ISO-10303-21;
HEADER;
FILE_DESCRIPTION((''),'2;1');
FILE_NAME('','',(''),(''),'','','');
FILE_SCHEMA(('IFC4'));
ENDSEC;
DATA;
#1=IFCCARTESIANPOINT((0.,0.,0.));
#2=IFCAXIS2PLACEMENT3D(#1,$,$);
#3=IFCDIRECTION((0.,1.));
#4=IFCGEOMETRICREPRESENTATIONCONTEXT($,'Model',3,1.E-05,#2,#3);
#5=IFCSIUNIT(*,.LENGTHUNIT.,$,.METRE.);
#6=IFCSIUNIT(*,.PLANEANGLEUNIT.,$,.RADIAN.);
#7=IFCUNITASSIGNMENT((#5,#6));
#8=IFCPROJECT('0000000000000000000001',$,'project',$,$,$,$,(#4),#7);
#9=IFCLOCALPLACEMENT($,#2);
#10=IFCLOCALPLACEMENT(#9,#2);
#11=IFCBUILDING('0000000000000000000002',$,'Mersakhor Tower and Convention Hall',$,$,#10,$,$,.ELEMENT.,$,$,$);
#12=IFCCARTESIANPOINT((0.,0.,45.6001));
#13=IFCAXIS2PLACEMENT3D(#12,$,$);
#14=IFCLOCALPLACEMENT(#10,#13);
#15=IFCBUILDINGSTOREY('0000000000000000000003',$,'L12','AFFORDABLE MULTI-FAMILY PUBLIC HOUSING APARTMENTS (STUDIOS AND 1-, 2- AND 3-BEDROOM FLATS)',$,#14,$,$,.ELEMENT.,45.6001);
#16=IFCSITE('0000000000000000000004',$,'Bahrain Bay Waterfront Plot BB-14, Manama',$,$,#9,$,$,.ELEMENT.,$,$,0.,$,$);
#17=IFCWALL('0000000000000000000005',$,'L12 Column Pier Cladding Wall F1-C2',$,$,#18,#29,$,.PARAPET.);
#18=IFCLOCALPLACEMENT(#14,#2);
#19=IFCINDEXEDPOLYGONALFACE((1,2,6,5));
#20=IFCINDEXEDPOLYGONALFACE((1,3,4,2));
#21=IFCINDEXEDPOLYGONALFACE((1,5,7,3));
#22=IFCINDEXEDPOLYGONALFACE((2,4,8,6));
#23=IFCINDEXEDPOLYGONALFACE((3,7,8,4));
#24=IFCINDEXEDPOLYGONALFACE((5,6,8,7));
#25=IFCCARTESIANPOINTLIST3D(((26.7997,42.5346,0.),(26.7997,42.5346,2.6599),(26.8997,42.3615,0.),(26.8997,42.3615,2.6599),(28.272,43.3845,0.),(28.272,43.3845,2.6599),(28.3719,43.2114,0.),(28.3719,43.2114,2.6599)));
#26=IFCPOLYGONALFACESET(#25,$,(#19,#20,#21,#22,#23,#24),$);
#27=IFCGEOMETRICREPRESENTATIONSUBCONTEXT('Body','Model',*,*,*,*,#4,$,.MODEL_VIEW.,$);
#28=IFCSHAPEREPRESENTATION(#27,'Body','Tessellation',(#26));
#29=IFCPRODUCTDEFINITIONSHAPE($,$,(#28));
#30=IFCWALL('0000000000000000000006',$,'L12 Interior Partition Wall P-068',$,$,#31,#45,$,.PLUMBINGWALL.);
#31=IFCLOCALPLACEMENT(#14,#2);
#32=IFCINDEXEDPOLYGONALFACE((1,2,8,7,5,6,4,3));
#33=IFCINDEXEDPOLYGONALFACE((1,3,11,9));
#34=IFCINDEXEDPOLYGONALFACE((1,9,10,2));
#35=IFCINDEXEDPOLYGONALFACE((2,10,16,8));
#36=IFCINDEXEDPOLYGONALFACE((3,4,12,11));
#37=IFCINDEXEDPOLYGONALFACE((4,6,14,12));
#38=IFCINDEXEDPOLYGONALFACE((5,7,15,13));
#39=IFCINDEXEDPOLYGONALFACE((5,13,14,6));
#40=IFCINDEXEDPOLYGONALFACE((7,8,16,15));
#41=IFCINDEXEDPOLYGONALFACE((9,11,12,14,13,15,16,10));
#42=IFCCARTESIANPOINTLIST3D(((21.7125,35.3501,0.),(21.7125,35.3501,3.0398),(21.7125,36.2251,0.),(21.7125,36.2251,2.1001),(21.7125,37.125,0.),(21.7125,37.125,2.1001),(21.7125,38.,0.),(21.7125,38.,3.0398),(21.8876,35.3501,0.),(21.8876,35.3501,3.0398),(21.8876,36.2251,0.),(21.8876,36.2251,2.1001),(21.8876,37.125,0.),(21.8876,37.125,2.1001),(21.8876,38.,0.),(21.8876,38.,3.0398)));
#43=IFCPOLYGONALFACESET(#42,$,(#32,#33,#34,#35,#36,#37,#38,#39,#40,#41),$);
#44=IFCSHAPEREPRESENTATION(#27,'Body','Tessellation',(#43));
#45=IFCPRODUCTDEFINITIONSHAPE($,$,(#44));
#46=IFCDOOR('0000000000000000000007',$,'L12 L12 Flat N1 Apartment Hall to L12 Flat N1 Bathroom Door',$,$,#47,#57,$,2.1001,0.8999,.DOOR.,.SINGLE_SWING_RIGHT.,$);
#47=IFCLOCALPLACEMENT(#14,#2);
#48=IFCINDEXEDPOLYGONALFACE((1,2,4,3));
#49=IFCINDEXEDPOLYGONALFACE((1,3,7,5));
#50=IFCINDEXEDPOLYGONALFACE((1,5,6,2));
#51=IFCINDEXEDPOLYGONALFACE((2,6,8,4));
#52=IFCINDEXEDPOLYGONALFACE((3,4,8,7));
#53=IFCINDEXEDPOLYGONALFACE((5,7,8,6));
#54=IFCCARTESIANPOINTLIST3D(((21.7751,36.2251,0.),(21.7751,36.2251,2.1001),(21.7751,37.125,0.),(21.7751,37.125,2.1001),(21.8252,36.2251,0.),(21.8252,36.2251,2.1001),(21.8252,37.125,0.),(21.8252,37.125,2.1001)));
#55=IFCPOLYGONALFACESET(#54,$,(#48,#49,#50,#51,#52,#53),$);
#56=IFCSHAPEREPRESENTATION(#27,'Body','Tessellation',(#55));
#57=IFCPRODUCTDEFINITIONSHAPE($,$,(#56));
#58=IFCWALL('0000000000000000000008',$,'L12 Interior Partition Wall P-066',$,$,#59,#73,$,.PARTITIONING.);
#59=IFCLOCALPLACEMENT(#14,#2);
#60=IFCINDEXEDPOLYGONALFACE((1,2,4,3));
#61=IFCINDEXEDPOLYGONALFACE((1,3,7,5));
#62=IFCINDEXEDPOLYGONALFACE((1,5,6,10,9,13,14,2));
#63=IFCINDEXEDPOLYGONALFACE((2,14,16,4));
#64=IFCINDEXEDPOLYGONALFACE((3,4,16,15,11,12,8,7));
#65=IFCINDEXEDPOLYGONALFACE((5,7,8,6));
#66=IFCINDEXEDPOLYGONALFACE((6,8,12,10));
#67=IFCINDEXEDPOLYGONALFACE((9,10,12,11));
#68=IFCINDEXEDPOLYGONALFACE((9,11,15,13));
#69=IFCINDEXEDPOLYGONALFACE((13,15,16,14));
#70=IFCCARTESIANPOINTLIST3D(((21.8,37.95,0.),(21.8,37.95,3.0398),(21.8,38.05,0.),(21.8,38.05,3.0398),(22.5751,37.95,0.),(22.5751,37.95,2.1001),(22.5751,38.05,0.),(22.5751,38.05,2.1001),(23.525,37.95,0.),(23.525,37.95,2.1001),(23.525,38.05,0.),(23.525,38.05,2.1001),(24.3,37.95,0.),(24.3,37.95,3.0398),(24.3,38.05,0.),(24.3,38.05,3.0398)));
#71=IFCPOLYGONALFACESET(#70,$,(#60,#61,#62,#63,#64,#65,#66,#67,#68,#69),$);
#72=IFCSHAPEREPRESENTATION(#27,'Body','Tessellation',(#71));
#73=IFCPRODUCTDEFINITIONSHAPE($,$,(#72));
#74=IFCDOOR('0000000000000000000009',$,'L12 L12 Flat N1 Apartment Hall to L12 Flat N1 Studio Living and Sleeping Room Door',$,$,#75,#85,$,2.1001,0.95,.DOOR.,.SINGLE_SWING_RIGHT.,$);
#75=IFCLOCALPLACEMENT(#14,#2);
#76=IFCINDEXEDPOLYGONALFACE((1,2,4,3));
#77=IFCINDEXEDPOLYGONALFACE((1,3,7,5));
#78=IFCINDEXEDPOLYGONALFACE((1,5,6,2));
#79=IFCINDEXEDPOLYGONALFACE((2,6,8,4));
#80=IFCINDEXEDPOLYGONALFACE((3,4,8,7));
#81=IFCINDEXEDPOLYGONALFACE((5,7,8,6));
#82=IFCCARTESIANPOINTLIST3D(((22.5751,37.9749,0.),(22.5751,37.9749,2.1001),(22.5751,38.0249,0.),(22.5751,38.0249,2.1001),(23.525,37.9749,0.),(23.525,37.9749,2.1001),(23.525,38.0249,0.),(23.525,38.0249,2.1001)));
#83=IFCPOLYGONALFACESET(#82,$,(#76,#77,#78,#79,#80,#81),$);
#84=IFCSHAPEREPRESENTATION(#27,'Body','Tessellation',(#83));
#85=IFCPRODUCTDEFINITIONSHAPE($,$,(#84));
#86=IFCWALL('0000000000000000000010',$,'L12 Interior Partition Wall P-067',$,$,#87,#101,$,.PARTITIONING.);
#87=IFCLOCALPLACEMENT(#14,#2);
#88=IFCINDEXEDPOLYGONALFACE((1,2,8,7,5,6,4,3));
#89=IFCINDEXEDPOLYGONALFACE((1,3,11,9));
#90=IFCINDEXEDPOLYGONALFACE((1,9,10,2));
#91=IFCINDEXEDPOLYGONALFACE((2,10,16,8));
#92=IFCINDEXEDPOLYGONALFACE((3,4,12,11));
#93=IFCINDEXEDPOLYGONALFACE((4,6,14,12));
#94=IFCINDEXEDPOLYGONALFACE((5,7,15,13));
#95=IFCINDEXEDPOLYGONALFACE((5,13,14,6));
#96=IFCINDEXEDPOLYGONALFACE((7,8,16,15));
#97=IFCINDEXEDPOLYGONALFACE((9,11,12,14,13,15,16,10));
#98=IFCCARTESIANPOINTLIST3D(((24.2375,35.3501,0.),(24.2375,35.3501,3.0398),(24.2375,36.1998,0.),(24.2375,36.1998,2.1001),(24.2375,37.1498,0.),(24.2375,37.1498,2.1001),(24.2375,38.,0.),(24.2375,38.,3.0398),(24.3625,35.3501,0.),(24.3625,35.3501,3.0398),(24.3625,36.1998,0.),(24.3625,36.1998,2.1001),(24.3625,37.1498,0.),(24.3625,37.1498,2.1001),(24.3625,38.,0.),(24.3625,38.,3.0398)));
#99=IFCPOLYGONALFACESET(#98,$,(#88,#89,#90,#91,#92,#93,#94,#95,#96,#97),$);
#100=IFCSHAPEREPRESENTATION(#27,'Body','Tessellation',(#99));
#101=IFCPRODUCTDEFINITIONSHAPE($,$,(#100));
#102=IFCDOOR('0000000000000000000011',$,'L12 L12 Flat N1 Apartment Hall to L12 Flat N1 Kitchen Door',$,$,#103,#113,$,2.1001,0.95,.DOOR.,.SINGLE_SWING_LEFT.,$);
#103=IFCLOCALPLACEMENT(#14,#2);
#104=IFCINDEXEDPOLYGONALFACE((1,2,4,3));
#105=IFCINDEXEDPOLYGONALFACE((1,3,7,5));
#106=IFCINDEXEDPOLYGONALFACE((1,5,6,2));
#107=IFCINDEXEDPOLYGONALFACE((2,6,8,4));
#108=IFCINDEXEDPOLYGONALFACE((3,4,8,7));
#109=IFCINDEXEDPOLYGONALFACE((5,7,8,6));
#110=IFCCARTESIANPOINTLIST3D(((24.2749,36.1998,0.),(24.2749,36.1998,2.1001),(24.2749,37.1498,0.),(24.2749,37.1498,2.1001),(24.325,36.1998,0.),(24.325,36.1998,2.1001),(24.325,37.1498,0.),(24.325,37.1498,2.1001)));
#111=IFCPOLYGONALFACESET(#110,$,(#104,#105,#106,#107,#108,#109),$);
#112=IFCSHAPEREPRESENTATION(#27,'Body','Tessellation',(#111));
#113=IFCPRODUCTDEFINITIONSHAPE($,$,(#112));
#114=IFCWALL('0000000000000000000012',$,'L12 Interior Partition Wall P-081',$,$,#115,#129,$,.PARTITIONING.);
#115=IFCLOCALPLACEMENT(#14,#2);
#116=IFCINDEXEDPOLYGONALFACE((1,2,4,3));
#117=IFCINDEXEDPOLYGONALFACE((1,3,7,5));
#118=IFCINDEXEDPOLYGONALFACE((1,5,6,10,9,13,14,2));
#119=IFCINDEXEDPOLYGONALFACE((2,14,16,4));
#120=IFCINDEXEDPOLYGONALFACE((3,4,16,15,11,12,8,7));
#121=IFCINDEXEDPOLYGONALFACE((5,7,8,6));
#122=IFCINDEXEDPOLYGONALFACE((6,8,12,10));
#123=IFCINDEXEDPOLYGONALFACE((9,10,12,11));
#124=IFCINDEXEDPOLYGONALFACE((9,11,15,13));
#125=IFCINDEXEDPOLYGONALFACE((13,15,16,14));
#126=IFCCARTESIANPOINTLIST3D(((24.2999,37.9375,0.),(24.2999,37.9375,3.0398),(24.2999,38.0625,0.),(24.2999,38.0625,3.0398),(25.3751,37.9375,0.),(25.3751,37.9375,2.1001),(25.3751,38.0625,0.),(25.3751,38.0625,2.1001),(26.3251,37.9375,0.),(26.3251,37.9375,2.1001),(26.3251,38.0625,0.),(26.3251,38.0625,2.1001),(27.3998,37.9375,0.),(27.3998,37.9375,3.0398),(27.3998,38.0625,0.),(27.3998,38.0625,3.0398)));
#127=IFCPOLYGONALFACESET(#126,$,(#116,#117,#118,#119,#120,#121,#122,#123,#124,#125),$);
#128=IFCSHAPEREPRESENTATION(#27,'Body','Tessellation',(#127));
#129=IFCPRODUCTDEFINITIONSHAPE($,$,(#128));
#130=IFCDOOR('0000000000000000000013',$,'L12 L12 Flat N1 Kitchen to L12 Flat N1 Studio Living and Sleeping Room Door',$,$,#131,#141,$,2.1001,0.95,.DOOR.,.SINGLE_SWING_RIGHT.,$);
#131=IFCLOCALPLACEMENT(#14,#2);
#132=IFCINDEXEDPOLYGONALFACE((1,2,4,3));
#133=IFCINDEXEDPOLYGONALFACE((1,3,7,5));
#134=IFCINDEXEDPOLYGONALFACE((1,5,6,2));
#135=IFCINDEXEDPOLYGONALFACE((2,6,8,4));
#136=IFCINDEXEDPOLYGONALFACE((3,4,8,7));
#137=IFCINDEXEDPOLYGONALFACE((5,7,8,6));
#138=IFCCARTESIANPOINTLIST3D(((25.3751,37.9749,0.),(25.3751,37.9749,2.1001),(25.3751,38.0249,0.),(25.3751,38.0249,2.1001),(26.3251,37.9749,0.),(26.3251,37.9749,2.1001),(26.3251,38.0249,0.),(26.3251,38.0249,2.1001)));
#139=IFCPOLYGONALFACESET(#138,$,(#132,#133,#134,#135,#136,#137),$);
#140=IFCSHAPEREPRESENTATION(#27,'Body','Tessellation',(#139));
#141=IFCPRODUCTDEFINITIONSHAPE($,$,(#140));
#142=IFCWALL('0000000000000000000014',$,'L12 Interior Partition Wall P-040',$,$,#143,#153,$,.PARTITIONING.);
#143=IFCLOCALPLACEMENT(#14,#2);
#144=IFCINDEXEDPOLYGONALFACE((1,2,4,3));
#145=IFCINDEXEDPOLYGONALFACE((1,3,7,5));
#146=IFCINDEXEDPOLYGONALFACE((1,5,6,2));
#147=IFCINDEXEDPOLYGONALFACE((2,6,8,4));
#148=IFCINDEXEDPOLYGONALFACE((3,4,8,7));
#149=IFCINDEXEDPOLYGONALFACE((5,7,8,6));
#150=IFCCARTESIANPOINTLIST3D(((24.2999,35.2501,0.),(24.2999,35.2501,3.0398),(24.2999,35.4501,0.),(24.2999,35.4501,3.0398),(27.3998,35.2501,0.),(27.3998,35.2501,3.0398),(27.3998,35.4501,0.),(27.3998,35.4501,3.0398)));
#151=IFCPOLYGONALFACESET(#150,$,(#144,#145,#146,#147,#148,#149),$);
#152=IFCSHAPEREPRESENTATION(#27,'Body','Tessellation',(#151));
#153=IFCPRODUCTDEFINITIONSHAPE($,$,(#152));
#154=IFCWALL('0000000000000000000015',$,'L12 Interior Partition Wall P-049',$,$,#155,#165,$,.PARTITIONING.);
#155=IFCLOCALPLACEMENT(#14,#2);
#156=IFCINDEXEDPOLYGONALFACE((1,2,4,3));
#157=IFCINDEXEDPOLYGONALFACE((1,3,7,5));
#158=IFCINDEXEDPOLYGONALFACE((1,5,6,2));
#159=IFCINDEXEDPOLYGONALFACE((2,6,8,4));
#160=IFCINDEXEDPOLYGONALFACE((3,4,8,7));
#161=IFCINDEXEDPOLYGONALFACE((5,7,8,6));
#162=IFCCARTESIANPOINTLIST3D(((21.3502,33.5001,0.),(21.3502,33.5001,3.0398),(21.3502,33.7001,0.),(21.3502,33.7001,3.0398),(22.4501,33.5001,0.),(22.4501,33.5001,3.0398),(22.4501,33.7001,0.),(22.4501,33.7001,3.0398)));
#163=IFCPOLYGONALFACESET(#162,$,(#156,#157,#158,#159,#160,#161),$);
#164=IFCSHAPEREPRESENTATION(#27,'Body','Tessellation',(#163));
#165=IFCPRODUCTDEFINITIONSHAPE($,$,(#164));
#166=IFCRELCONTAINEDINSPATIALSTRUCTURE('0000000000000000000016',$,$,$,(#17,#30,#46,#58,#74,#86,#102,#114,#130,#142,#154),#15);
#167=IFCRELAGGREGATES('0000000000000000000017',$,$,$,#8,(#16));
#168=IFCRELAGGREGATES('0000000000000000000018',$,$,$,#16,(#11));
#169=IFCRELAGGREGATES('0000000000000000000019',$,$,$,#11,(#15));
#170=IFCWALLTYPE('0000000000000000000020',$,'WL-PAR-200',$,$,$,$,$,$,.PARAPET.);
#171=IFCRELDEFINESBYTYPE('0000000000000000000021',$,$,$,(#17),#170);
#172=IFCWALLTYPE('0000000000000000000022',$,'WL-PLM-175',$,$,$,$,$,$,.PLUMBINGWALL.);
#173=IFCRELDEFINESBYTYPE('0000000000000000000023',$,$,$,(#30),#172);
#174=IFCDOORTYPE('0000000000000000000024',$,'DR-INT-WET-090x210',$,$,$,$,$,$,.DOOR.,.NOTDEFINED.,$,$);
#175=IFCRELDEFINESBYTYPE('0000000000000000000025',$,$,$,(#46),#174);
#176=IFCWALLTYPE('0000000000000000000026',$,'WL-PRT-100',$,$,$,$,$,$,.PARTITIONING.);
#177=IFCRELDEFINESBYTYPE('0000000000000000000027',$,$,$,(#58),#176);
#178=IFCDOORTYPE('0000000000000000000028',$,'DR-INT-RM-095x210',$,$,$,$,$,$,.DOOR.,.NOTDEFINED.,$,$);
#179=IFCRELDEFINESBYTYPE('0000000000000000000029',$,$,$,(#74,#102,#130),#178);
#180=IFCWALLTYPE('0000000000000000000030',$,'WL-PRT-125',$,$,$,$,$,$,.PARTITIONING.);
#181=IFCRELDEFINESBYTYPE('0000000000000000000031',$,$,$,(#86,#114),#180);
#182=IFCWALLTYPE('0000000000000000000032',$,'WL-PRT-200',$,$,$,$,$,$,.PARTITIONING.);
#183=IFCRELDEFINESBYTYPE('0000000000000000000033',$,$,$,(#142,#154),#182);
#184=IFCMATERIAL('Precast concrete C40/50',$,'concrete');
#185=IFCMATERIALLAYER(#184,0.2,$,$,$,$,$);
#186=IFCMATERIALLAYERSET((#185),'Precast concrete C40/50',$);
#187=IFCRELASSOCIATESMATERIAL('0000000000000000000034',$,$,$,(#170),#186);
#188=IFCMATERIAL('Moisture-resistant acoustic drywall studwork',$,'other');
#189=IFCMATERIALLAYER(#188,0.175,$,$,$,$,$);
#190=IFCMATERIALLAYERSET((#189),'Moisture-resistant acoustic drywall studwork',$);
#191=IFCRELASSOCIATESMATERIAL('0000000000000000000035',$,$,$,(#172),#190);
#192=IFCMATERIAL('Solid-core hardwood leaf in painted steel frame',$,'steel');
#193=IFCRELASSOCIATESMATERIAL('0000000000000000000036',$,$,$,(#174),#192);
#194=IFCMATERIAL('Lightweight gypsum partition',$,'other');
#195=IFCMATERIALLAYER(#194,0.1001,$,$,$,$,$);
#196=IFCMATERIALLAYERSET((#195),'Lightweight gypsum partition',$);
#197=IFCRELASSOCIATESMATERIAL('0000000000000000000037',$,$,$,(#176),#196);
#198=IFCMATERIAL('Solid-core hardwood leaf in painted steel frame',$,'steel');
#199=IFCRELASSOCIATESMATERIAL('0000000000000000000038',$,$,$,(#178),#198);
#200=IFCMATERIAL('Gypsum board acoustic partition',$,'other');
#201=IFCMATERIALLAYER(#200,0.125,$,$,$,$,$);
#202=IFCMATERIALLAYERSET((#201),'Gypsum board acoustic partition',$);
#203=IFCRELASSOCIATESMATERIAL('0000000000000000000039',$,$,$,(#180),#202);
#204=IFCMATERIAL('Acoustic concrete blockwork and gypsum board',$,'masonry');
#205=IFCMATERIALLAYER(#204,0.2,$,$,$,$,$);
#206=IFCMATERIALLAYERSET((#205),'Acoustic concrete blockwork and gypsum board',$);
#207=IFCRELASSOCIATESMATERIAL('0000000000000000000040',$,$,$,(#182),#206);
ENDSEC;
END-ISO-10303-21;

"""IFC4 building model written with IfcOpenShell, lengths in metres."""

from ifc_helpers import new_model, si_unit, direction, frame, frame_2d, origin, place, context, subcontext, project, spatial, rectangle, extrude, material, layer, layer_set, type_object, element, fill, save


model = new_model("IFC4")

# Units and contexts
model_context = context("Model", 3, precision=1e-05, world=origin(), true_north=direction((0.0, 1.0)))
body_context = subcontext(model_context, "Body", "Model", "MODEL_VIEW")
ifc_project = project(units=[si_unit("LENGTHUNIT", "METRE"), si_unit("PLANEANGLEUNIT", "RADIAN")], contexts=[model_context])

# Site, building, storey
site_placement = place(None, origin())
site = spatial("IfcSite", under=ifc_project, at=site_placement, Name="Bahrain Bay Waterfront Plot BB-14, Manama", CompositionType="ELEMENT", RefElevation=0.0)
building_placement = place(site_placement, origin())
building = spatial("IfcBuilding", under=site, at=building_placement, Name="Mersakhor Tower and Convention Hall", CompositionType="ELEMENT")
storey_placement = place(building_placement, frame((0.0, 0.0, 45.6001)))
storey = spatial("IfcBuildingStorey", under=building, at=storey_placement, Name="L12", Description="AFFORDABLE MULTI-FAMILY PUBLIC HOUSING APARTMENTS (STUDIOS AND 1-, 2- AND 3-BEDROOM FLATS)", CompositionType="ELEMENT", Elevation=45.6001)

# Wall
ifc_material_1 = material(Name="Precast concrete C40/50", Category="concrete")
ifc_layer_1 = layer(ifc_material_1, 0.2)
ifc_layer_set_1 = layer_set([ifc_layer_1], Name="Precast concrete C40/50")
wall_type_1 = type_object("IfcWallType", Name="WL-PAR-200", PredefinedType="PARAPET", material=ifc_layer_set_1)
wall_1_placement = place(storey_placement, frame((26.8496, 42.448, 0.0), z_axis=(0.0, 0.0, 1.0), x_axis=(0.866052, 0.499955, 0.0)))
element("IfcWall", 1, at=wall_1_placement, inside=storey, type_object=wall_type_1, Name="L12 Column Pier Cladding Wall F1-C2", PredefinedType="PARAPET", context=body_context, shape_type="SweptSolid", body=[
    extrude(rectangle(XDim=1.7, YDim=0.2, at=frame_2d((0.8501, 0.0))), origin(), (0.0, 0.0, 1.0), 2.6599),
])

# Walls, openings, doors
ifc_material_2 = material(Name="Moisture-resistant acoustic drywall studwork", Category="other")
ifc_layer_2 = layer(ifc_material_2, 0.175)
ifc_layer_set_2 = layer_set([ifc_layer_2], Name="Moisture-resistant acoustic drywall studwork")
wall_type_2 = type_object("IfcWallType", Name="WL-PLM-175", PredefinedType="PLUMBINGWALL", material=ifc_layer_set_2)
wall_2_placement = place(storey_placement, frame((21.8, 35.3501, 0.0), z_axis=(0.0, 0.0, 1.0), x_axis=(0.0, 1.0, 0.0)))
wall_2 = element("IfcWall", 2, at=wall_2_placement, inside=storey, type_object=wall_type_2, Name="L12 Interior Partition Wall P-068", PredefinedType="PLUMBINGWALL", context=body_context, shape_type="SweptSolid", body=[
    extrude(rectangle(XDim=2.6499, YDim=0.175, at=frame_2d((1.325, 0.0))), origin(), (0.0, 0.0, 1.0), 3.0398),
])
opening_1_placement = place(wall_2_placement, frame((0.875, 0.0, 0.0)))
opening_1 = element("IfcOpeningElement", 3, at=opening_1_placement, cuts=wall_2, PredefinedType="OPENING", context=body_context, shape_type="SweptSolid", body=[
    extrude(rectangle(XDim=0.8999, YDim=2.1001, at=frame_2d((0.45, 1.05))), frame((0.0, 0.0974, 0.0), z_axis=(0.0, -1.0, 0.0), x_axis=(1.0, 0.0, 0.0)), (0.0, 0.0, 1.0), 0.1951),
])
ifc_material_3 = material(Name="Solid-core hardwood leaf in painted steel frame", Category="steel")
door_type_1 = type_object("IfcDoorType", Name="DR-INT-WET-090x210", OperationType="NOTDEFINED", PredefinedType="DOOR", material=ifc_material_3)
door_1_placement = place(opening_1_placement, origin())
door_1 = element("IfcDoor", 4, at=door_1_placement, inside=storey, type_object=door_type_1, Name="L12 L12 Flat N1 Apartment Hall to L12 Flat N1 Bathroom Door", OperationType="SINGLE_SWING_RIGHT", OverallHeight=2.1001, OverallWidth=0.8999, PredefinedType="DOOR", context=body_context, shape_type="SweptSolid", body=[
    extrude(rectangle(XDim=0.8999, YDim=2.1001, at=frame_2d((0.45, 1.05))), frame((0.0, 0.0249, 0.0), z_axis=(0.0, -1.0, 0.0), x_axis=(1.0, 0.0, 0.0)), (0.0, 0.0, 1.0), 0.05),
])
fill(opening_1, door_1)
ifc_material_4 = material(Name="Lightweight gypsum partition", Category="other")
ifc_layer_3 = layer(ifc_material_4, 0.1001)
ifc_layer_set_3 = layer_set([ifc_layer_3], Name="Lightweight gypsum partition")
wall_type_3 = type_object("IfcWallType", Name="WL-PRT-100", PredefinedType="PARTITIONING", material=ifc_layer_set_3)
wall_3_placement = place(storey_placement, frame((21.8, 38.0, 0.0), z_axis=(0.0, 0.0, 1.0), x_axis=(1.0, 0.0, 0.0)))
wall_3 = element("IfcWall", 5, at=wall_3_placement, inside=storey, type_object=wall_type_3, Name="L12 Interior Partition Wall P-066", PredefinedType="PARTITIONING", context=body_context, shape_type="SweptSolid", body=[
    extrude(rectangle(XDim=2.5, YDim=0.1001, at=frame_2d((1.25, 0.0))), origin(), (0.0, 0.0, 1.0), 3.0398),
])
opening_2_placement = place(wall_3_placement, frame((0.7749, 0.0, 0.0)))
opening_2 = element("IfcOpeningElement", 6, at=opening_2_placement, cuts=wall_3, PredefinedType="OPENING", context=body_context, shape_type="SweptSolid", body=[
    extrude(rectangle(XDim=0.95, YDim=2.1001, at=frame_2d((0.4751, 1.05))), frame((0.0, 0.0601, 0.0), z_axis=(0.0, -1.0, 0.0), x_axis=(1.0, 0.0, 0.0)), (0.0, 0.0, 1.0), 0.1201),
])
ifc_material_5 = material(Name="Solid-core hardwood leaf in painted steel frame", Category="steel")
door_type_2 = type_object("IfcDoorType", Name="DR-INT-RM-095x210", OperationType="NOTDEFINED", PredefinedType="DOOR", material=ifc_material_5)
door_2_placement = place(opening_2_placement, origin())
door_2 = element("IfcDoor", 7, at=door_2_placement, inside=storey, type_object=door_type_2, Name="L12 L12 Flat N1 Apartment Hall to L12 Flat N1 Studio Living and Sleeping Room Door", OperationType="SINGLE_SWING_RIGHT", OverallHeight=2.1001, OverallWidth=0.95, PredefinedType="DOOR", context=body_context, shape_type="SweptSolid", body=[
    extrude(rectangle(XDim=0.95, YDim=2.1001, at=frame_2d((0.4751, 1.05))), frame((0.0, 0.0249, 0.0), z_axis=(0.0, -1.0, 0.0), x_axis=(1.0, 0.0, 0.0)), (0.0, 0.0, 1.0), 0.05),
])
fill(opening_2, door_2)
ifc_material_6 = material(Name="Gypsum board acoustic partition", Category="other")
ifc_layer_4 = layer(ifc_material_6, 0.125)
ifc_layer_set_4 = layer_set([ifc_layer_4], Name="Gypsum board acoustic partition")
wall_type_4 = type_object("IfcWallType", Name="WL-PRT-125", PredefinedType="PARTITIONING", material=ifc_layer_set_4)
wall_4_placement = place(storey_placement, frame((24.3, 38.0, 0.0), z_axis=(0.0, 0.0, 1.0), x_axis=(0.0, -1.0, 0.0)))
wall_4 = element("IfcWall", 8, at=wall_4_placement, inside=storey, type_object=wall_type_4, Name="L12 Interior Partition Wall P-067", PredefinedType="PARTITIONING", context=body_context, shape_type="SweptSolid", body=[
    extrude(rectangle(XDim=2.6499, YDim=0.125, at=frame_2d((1.325, 0.0))), origin(), (0.0, 0.0, 1.0), 3.0398),
])
opening_3_placement = place(wall_4_placement, frame((0.8501, 0.0, 0.0)))
opening_3 = element("IfcOpeningElement", 9, at=opening_3_placement, cuts=wall_4, PredefinedType="OPENING", context=body_context, shape_type="SweptSolid", body=[
    extrude(rectangle(XDim=0.95, YDim=2.1001, at=frame_2d((0.4751, 1.05))), frame((0.0, 0.0725, 0.0), z_axis=(0.0, -1.0, 0.0), x_axis=(1.0, 0.0, 0.0)), (0.0, 0.0, 1.0), 0.145),
])
door_3_placement = place(opening_3_placement, origin())
door_3 = element("IfcDoor", 10, at=door_3_placement, inside=storey, type_object=door_type_2, Name="L12 L12 Flat N1 Apartment Hall to L12 Flat N1 Kitchen Door", OperationType="SINGLE_SWING_LEFT", OverallHeight=2.1001, OverallWidth=0.95, PredefinedType="DOOR", context=body_context, shape_type="SweptSolid", body=[
    extrude(rectangle(XDim=0.95, YDim=2.1001, at=frame_2d((0.4751, 1.05))), frame((0.0, 0.0249, 0.0), z_axis=(0.0, -1.0, 0.0), x_axis=(1.0, 0.0, 0.0)), (0.0, 0.0, 1.0), 0.05),
])
fill(opening_3, door_3)
wall_5_placement = place(storey_placement, frame((24.3, 38.0, 0.0), z_axis=(0.0, 0.0, 1.0), x_axis=(1.0, 0.0, 0.0)))
wall_5 = element("IfcWall", 11, at=wall_5_placement, inside=storey, type_object=wall_type_4, Name="L12 Interior Partition Wall P-081", PredefinedType="PARTITIONING", context=body_context, shape_type="SweptSolid", body=[
    extrude(rectangle(XDim=3.0999, YDim=0.125, at=frame_2d((1.5498, 0.0))), origin(), (0.0, 0.0, 1.0), 3.0398),
])
opening_4_placement = place(wall_5_placement, frame((1.075, 0.0, 0.0)))
opening_4 = element("IfcOpeningElement", 12, at=opening_4_placement, cuts=wall_5, PredefinedType="OPENING", context=body_context, shape_type="SweptSolid", body=[
    extrude(rectangle(XDim=0.95, YDim=2.1001, at=frame_2d((0.4751, 1.05))), frame((0.0, 0.0725, 0.0), z_axis=(0.0, -1.0, 0.0), x_axis=(1.0, 0.0, 0.0)), (0.0, 0.0, 1.0), 0.145),
])
door_4_placement = place(opening_4_placement, origin())
door_4 = element("IfcDoor", 13, at=door_4_placement, inside=storey, type_object=door_type_2, Name="L12 L12 Flat N1 Kitchen to L12 Flat N1 Studio Living and Sleeping Room Door", OperationType="SINGLE_SWING_RIGHT", OverallHeight=2.1001, OverallWidth=0.95, PredefinedType="DOOR", context=body_context, shape_type="SweptSolid", body=[
    extrude(rectangle(XDim=0.95, YDim=2.1001, at=frame_2d((0.4751, 1.05))), frame((0.0, 0.0249, 0.0), z_axis=(0.0, -1.0, 0.0), x_axis=(1.0, 0.0, 0.0)), (0.0, 0.0, 1.0), 0.05),
])
fill(opening_4, door_4)
ifc_material_7 = material(Name="Acoustic concrete blockwork and gypsum board", Category="masonry")
ifc_layer_5 = layer(ifc_material_7, 0.2)
ifc_layer_set_5 = layer_set([ifc_layer_5], Name="Acoustic concrete blockwork and gypsum board")
wall_type_5 = type_object("IfcWallType", Name="WL-PRT-200", PredefinedType="PARTITIONING", material=ifc_layer_set_5)

# Walls
wall_6_placement = place(storey_placement, frame((24.3, 35.3501, 0.0), z_axis=(0.0, 0.0, 1.0), x_axis=(1.0, 0.0, 0.0)))
element("IfcWall", 14, at=wall_6_placement, inside=storey, type_object=wall_type_5, Name="L12 Interior Partition Wall P-040", PredefinedType="PARTITIONING", context=body_context, shape_type="SweptSolid", body=[
    extrude(rectangle(XDim=3.0999, YDim=0.2, at=frame_2d((1.5498, 0.0))), origin(), (0.0, 0.0, 1.0), 3.0398),
])
wall_7_placement = place(storey_placement, frame((22.45, 33.6001, 0.0), z_axis=(0.0, 0.0, 1.0), x_axis=(-1.0, 0.0, 0.0)))
element("IfcWall", 15, at=wall_7_placement, inside=storey, type_object=wall_type_5, Name="L12 Interior Partition Wall P-049", PredefinedType="PARTITIONING", context=body_context, shape_type="SweptSolid", body=[
    extrude(rectangle(XDim=1.0999, YDim=0.2, at=frame_2d((0.5498, 0.0))), origin(), (0.0, 0.0, 1.0), 3.0398),
])

save(model, "model.ifc")
